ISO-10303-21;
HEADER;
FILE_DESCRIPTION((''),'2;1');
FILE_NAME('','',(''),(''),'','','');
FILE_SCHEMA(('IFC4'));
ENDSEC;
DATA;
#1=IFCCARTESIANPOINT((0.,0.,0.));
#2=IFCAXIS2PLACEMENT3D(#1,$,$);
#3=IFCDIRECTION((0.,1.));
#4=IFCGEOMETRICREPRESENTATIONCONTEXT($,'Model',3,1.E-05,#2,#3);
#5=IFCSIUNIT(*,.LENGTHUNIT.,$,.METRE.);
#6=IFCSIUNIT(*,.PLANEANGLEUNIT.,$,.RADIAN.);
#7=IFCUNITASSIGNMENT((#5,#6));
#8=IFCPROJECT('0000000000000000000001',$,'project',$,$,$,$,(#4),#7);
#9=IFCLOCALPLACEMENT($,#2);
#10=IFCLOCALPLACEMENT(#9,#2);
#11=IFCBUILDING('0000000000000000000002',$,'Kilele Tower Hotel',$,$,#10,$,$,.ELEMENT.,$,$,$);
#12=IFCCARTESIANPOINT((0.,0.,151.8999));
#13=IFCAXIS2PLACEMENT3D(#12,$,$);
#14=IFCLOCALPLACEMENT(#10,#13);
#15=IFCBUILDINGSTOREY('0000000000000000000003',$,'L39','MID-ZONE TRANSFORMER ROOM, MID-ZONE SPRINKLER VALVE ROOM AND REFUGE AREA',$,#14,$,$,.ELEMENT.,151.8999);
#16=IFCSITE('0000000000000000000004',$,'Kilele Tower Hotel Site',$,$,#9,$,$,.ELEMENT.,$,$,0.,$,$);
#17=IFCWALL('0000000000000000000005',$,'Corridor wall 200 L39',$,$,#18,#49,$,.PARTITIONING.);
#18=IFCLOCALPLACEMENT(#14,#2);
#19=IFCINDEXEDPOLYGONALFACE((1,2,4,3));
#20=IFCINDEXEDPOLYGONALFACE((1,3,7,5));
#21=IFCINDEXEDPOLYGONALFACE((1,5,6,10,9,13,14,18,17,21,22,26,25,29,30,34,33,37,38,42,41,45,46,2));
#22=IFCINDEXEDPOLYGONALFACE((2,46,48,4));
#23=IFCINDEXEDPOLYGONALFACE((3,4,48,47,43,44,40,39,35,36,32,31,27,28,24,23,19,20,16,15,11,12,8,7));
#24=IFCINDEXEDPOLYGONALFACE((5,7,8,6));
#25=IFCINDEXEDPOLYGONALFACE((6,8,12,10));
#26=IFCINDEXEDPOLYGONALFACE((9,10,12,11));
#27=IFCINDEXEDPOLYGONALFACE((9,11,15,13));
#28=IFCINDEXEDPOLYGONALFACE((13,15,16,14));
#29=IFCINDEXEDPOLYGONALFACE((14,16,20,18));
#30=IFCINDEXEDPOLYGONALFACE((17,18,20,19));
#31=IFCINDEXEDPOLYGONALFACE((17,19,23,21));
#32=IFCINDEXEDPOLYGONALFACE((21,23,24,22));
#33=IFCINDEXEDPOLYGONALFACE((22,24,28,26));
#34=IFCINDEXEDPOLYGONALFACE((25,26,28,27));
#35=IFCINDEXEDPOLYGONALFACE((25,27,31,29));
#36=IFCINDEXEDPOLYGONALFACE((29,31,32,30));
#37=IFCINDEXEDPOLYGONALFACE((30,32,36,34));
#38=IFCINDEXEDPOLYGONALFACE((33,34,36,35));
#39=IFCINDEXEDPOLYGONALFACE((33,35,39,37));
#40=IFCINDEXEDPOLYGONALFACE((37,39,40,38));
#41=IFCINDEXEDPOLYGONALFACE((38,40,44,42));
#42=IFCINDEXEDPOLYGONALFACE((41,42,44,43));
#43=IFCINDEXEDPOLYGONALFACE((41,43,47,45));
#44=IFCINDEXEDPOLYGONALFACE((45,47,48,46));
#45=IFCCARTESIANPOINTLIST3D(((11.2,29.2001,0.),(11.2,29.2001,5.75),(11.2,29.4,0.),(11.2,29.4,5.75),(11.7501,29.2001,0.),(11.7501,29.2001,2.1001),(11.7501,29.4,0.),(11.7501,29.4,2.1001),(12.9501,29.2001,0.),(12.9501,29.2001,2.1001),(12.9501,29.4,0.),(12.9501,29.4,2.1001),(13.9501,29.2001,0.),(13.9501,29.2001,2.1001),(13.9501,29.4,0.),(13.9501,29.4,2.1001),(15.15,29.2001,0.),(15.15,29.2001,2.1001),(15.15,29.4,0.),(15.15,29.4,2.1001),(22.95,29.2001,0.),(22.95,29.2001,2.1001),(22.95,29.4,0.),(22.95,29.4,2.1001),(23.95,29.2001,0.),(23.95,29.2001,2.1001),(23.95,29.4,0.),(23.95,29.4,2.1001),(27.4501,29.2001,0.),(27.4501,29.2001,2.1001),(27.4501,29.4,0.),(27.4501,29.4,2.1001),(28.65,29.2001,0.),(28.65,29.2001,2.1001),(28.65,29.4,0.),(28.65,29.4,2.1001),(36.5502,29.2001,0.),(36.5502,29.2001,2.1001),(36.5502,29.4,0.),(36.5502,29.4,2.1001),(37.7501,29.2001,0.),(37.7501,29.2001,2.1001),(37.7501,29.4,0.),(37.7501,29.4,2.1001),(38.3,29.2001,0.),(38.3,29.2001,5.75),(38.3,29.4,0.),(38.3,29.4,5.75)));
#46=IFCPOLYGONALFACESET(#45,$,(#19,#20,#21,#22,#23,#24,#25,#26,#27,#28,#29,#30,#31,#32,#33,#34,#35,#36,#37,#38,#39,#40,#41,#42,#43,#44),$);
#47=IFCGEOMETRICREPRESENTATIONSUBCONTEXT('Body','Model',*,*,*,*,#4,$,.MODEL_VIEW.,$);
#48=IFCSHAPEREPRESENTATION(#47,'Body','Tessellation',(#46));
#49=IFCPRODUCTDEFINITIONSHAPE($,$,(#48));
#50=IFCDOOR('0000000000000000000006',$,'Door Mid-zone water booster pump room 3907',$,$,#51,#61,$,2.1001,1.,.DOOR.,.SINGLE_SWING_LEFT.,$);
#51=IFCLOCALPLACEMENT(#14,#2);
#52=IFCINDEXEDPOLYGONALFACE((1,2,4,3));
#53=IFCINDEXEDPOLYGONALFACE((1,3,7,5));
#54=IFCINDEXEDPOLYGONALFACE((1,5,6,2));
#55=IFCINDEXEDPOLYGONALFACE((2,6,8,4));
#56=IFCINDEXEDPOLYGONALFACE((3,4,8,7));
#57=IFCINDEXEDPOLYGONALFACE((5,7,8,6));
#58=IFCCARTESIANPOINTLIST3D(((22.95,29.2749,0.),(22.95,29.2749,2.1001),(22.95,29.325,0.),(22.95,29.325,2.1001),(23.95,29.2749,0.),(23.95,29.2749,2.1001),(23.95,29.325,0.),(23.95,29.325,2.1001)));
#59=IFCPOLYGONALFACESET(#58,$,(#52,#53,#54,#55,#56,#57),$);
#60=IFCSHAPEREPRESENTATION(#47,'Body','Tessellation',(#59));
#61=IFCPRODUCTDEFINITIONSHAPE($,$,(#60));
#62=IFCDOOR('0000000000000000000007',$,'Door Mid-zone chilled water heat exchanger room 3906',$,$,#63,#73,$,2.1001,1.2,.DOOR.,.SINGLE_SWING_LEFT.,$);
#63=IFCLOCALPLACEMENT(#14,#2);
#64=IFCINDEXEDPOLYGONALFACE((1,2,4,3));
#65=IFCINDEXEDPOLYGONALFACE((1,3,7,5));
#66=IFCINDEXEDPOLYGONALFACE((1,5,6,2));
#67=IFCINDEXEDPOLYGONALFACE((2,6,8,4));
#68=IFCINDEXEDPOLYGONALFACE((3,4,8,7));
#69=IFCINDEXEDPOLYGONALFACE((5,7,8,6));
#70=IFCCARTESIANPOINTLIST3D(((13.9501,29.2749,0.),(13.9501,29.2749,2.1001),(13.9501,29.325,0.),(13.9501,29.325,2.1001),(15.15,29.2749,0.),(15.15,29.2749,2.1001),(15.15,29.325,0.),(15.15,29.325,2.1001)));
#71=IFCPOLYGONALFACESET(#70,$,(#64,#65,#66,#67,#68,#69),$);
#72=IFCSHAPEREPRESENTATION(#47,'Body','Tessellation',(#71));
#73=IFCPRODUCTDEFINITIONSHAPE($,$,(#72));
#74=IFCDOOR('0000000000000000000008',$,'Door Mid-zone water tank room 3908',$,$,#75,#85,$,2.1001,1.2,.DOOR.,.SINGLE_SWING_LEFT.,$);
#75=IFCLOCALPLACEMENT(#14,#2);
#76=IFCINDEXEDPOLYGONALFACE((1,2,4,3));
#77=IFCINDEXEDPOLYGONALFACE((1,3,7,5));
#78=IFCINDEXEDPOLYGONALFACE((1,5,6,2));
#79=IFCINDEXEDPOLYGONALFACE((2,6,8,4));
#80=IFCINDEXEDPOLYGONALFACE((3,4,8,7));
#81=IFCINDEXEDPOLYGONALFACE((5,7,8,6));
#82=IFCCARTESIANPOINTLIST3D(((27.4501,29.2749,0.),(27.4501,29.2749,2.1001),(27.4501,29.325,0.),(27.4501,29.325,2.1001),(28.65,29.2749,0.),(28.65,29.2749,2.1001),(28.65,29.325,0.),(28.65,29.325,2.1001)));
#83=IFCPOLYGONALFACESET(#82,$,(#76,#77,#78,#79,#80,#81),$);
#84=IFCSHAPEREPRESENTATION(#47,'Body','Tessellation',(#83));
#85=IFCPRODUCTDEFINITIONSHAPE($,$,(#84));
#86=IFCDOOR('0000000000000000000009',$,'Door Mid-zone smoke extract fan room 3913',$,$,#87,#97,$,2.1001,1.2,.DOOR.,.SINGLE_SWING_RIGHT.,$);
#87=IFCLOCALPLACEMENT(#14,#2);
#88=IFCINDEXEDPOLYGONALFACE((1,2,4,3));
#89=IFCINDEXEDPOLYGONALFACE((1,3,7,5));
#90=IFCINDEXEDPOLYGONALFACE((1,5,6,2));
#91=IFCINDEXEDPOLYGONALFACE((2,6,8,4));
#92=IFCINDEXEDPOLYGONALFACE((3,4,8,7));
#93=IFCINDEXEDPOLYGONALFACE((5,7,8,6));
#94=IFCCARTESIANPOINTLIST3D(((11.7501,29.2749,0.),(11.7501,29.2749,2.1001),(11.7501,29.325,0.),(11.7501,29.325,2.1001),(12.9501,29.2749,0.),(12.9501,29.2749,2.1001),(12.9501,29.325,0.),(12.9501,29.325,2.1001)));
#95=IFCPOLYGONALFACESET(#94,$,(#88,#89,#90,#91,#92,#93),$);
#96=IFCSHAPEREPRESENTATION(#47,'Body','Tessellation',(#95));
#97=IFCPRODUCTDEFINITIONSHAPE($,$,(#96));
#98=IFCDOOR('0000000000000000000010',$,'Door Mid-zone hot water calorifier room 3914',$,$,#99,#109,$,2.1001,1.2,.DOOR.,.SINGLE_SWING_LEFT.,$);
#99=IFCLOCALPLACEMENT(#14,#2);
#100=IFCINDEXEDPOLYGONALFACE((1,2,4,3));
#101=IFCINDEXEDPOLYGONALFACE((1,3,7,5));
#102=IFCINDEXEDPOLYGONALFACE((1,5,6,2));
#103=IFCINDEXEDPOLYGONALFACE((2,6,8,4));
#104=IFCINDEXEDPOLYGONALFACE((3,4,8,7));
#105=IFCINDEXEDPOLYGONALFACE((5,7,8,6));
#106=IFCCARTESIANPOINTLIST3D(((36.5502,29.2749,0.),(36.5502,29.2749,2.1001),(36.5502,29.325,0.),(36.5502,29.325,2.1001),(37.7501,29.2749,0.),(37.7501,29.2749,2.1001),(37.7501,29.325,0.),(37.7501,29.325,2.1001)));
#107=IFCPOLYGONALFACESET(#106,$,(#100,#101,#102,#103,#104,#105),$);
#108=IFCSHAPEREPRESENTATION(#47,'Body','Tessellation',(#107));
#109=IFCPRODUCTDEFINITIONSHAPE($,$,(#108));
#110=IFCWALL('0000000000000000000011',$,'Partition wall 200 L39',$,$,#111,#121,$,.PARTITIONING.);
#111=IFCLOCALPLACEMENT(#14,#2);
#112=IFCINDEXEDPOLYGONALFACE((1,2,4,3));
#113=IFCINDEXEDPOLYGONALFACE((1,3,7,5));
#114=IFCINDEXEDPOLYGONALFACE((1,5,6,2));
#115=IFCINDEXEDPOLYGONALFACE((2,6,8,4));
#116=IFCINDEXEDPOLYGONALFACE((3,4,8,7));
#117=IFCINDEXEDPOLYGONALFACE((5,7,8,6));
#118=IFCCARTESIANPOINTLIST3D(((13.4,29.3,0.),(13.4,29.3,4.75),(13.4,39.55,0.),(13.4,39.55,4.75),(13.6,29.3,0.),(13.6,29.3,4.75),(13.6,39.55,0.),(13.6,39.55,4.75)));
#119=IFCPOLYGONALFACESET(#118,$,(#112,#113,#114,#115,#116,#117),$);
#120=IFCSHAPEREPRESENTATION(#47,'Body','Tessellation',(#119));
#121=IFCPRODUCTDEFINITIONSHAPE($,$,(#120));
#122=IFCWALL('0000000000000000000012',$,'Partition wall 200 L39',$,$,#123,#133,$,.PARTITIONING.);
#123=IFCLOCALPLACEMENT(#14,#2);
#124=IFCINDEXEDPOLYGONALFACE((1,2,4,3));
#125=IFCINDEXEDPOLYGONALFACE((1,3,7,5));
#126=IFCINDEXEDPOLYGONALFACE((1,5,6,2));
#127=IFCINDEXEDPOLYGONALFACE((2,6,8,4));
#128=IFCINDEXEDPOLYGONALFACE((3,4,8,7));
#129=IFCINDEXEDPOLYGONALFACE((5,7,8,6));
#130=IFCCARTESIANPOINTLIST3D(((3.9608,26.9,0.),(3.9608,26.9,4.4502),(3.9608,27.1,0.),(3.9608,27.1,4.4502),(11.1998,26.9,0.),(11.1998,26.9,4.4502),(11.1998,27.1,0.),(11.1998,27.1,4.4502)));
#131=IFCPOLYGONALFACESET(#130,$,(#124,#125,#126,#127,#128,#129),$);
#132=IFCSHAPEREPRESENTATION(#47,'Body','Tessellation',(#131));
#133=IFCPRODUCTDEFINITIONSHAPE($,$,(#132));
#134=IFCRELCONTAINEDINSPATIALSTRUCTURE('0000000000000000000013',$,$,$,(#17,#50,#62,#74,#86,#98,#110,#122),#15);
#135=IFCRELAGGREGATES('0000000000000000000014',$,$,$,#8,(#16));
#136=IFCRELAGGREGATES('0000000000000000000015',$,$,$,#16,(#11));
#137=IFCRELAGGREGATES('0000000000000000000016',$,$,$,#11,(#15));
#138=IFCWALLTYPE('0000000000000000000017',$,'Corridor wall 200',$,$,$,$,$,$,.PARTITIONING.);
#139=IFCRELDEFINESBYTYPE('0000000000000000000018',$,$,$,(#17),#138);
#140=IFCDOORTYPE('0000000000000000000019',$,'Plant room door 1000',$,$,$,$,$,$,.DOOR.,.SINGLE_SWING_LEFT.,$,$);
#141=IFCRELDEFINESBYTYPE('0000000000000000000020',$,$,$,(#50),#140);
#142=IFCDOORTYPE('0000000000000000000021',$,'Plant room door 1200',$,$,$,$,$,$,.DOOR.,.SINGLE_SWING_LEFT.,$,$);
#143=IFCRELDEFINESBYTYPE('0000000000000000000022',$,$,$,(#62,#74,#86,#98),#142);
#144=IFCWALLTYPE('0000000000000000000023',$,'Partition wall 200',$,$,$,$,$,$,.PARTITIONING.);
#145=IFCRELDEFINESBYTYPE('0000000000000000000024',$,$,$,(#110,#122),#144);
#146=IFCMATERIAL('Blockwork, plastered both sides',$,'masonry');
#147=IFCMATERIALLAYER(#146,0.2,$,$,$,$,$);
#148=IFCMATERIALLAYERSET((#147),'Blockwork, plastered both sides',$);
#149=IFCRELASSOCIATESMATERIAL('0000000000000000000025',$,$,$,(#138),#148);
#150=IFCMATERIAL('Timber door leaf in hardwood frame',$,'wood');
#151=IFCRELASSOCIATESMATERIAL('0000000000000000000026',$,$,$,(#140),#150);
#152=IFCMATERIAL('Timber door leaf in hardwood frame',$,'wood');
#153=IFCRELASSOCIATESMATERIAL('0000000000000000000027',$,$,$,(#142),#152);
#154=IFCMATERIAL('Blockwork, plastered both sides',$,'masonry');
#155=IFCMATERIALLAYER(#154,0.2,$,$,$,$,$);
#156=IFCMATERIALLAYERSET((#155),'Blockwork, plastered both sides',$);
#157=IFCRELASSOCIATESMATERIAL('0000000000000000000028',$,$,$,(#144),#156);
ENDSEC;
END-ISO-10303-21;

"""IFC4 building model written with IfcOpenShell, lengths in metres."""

from ifc_helpers import new_model, si_unit, direction, frame, frame_2d, origin, place, context, subcontext, project, spatial, rectangle, extrude, material, layer, layer_set, type_object, element, fill, save


model = new_model("IFC4")

# Units and contexts
model_context = context("Model", 3, precision=1e-05, world=origin(), true_north=direction((0.0, 1.0)))
body_context = subcontext(model_context, "Body", "Model", "MODEL_VIEW")
ifc_project = project(units=[si_unit("LENGTHUNIT", "METRE"), si_unit("PLANEANGLEUNIT", "RADIAN")], contexts=[model_context])

# Site, building, storey
site_placement = place(None, origin())
site = spatial("IfcSite", under=ifc_project, at=site_placement, Name="Kilele Tower Hotel Site", CompositionType="ELEMENT", RefElevation=0.0)
building_placement = place(site_placement, origin())
building = spatial("IfcBuilding", under=site, at=building_placement, Name="Kilele Tower Hotel", CompositionType="ELEMENT")
storey_placement = place(building_placement, frame((0.0, 0.0, 151.8999)))
storey = spatial("IfcBuildingStorey", under=building, at=storey_placement, Name="L39", Description="MID-ZONE TRANSFORMER ROOM, MID-ZONE SPRINKLER VALVE ROOM AND REFUGE AREA", CompositionType="ELEMENT", Elevation=151.8999)

# Wall, openings, doors
ifc_material_1 = material(Name="Blockwork, plastered both sides", Category="masonry")
ifc_layer_1 = layer(ifc_material_1, 0.2)
ifc_layer_set_1 = layer_set([ifc_layer_1], Name="Blockwork, plastered both sides")
wall_type_1 = type_object("IfcWallType", Name="Corridor wall 200", PredefinedType="PARTITIONING", material=ifc_layer_set_1)
wall_1_placement = place(storey_placement, frame((11.2, 29.3, 0.0), z_axis=(0.0, 0.0, 1.0), x_axis=(1.0, 0.0, 0.0)))
wall_1 = element("IfcWall", 1, at=wall_1_placement, inside=storey, type_object=wall_type_1, Name="Corridor wall 200 L39", PredefinedType="PARTITIONING", context=body_context, shape_type="SweptSolid", body=[
    extrude(rectangle(XDim=27.1001, YDim=0.2, at=frame_2d((13.55, 0.0))), origin(), (0.0, 0.0, 1.0), 5.75),
])
opening_1_placement = place(wall_1_placement, frame((2.75, 0.0, 0.0)))
opening_1 = element("IfcOpeningElement", 2, at=opening_1_placement, cuts=wall_1, PredefinedType="OPENING", context=body_context, shape_type="SweptSolid", body=[
    extrude(rectangle(XDim=1.2, YDim=2.1001, at=frame_2d((0.6001, 1.05))), frame((0.0, 0.1099, 0.0), z_axis=(0.0, -1.0, 0.0), x_axis=(1.0, 0.0, 0.0)), (0.0, 0.0, 1.0), 0.22),
])
opening_2_placement = place(wall_1_placement, frame((11.75, 0.0, 0.0)))
opening_2 = element("IfcOpeningElement", 3, at=opening_2_placement, cuts=wall_1, PredefinedType="OPENING", context=body_context, shape_type="SweptSolid", body=[
    extrude(rectangle(XDim=1.0, YDim=2.1001, at=frame_2d((0.5, 1.05))), frame((0.0, 0.1099, 0.0), z_axis=(0.0, -1.0, 0.0), x_axis=(1.0, 0.0, 0.0)), (0.0, 0.0, 1.0), 0.22),
])
opening_3_placement = place(wall_1_placement, frame((16.25, 0.0, 0.0)))
opening_3 = element("IfcOpeningElement", 4, at=opening_3_placement, cuts=wall_1, PredefinedType="OPENING", context=body_context, shape_type="SweptSolid", body=[
    extrude(rectangle(XDim=1.2, YDim=2.1001, at=frame_2d((0.6001, 1.05))), frame((0.0, 0.1099, 0.0), z_axis=(0.0, -1.0, 0.0), x_axis=(1.0, 0.0, 0.0)), (0.0, 0.0, 1.0), 0.22),
])
opening_4_placement = place(wall_1_placement, frame((0.55, 0.0, 0.0)))
opening_4 = element("IfcOpeningElement", 5, at=opening_4_placement, cuts=wall_1, PredefinedType="OPENING", context=body_context, shape_type="SweptSolid", body=[
    extrude(rectangle(XDim=1.2, YDim=2.1001, at=frame_2d((0.6001, 1.05))), frame((0.0, 0.1099, 0.0), z_axis=(0.0, -1.0, 0.0), x_axis=(1.0, 0.0, 0.0)), (0.0, 0.0, 1.0), 0.22),
])
opening_5_placement = place(wall_1_placement, frame((25.3501, 0.0, 0.0)))
opening_5 = element("IfcOpeningElement", 6, at=opening_5_placement, cuts=wall_1, PredefinedType="OPENING", context=body_context, shape_type="SweptSolid", body=[
    extrude(rectangle(XDim=1.2, YDim=2.1001, at=frame_2d((0.6001, 1.05))), frame((0.0, 0.1099, 0.0), z_axis=(0.0, -1.0, 0.0), x_axis=(1.0, 0.0, 0.0)), (0.0, 0.0, 1.0), 0.22),
])
ifc_material_2 = material(Name="Timber door leaf in hardwood frame", Category="wood")
door_type_1 = type_object("IfcDoorType", Name="Plant room door 1000", OperationType="SINGLE_SWING_LEFT", PredefinedType="DOOR", material=ifc_material_2)
door_1_placement = place(opening_2_placement, origin())
door_1 = element("IfcDoor", 7, at=door_1_placement, inside=storey, type_object=door_type_1, Name="Door Mid-zone water booster pump room 3907", OperationType="SINGLE_SWING_LEFT", OverallHeight=2.1001, OverallWidth=1.0, PredefinedType="DOOR", context=body_context, shape_type="SweptSolid", body=[
    extrude(rectangle(XDim=1.0, YDim=2.1001, at=frame_2d((0.5, 1.05))), frame((0.0, 0.0249, 0.0), z_axis=(0.0, -1.0, 0.0), x_axis=(1.0, 0.0, 0.0)), (0.0, 0.0, 1.0), 0.05),
])
fill(opening_2, door_1)
ifc_material_3 = material(Name="Timber door leaf in hardwood frame", Category="wood")
door_type_2 = type_object("IfcDoorType", Name="Plant room door 1200", OperationType="SINGLE_SWING_LEFT", PredefinedType="DOOR", material=ifc_material_3)
door_2_placement = place(opening_1_placement, origin())
door_2 = element("IfcDoor", 8, at=door_2_placement, inside=storey, type_object=door_type_2, Name="Door Mid-zone chilled water heat exchanger room 3906", OperationType="SINGLE_SWING_LEFT", OverallHeight=2.1001, OverallWidth=1.2, PredefinedType="DOOR", context=body_context, shape_type="SweptSolid", body=[
    extrude(rectangle(XDim=1.2, YDim=2.1001, at=frame_2d((0.6001, 1.05))), frame((0.0, 0.0249, 0.0), z_axis=(0.0, -1.0, 0.0), x_axis=(1.0, 0.0, 0.0)), (0.0, 0.0, 1.0), 0.05),
])
fill(opening_1, door_2)
door_3_placement = place(opening_3_placement, origin())
door_3 = element("IfcDoor", 9, at=door_3_placement, inside=storey, type_object=door_type_2, Name="Door Mid-zone water tank room 3908", OperationType="SINGLE_SWING_LEFT", OverallHeight=2.1001, OverallWidth=1.2, PredefinedType="DOOR", context=body_context, shape_type="SweptSolid", body=[
    extrude(rectangle(XDim=1.2, YDim=2.1001, at=frame_2d((0.6001, 1.05))), frame((0.0, 0.0249, 0.0), z_axis=(0.0, -1.0, 0.0), x_axis=(1.0, 0.0, 0.0)), (0.0, 0.0, 1.0), 0.05),
])
fill(opening_3, door_3)
door_4_placement = place(opening_4_placement, origin())
door_4 = element("IfcDoor", 10, at=door_4_placement, inside=storey, type_object=door_type_2, Name="Door Mid-zone smoke extract fan room 3913", OperationType="SINGLE_SWING_RIGHT", OverallHeight=2.1001, OverallWidth=1.2, PredefinedType="DOOR", context=body_context, shape_type="SweptSolid", body=[
    extrude(rectangle(XDim=1.2, YDim=2.1001, at=frame_2d((0.6001, 1.05))), frame((0.0, 0.0249, 0.0), z_axis=(0.0, -1.0, 0.0), x_axis=(1.0, 0.0, 0.0)), (0.0, 0.0, 1.0), 0.05),
])
fill(opening_4, door_4)
door_5_placement = place(opening_5_placement, origin())
door_5 = element("IfcDoor", 11, at=door_5_placement, inside=storey, type_object=door_type_2, Name="Door Mid-zone hot water calorifier room 3914", OperationType="SINGLE_SWING_LEFT", OverallHeight=2.1001, OverallWidth=1.2, PredefinedType="DOOR", context=body_context, shape_type="SweptSolid", body=[
    extrude(rectangle(XDim=1.2, YDim=2.1001, at=frame_2d((0.6001, 1.05))), frame((0.0, 0.0249, 0.0), z_axis=(0.0, -1.0, 0.0), x_axis=(1.0, 0.0, 0.0)), (0.0, 0.0, 1.0), 0.05),
])
fill(opening_5, door_5)

# Walls
ifc_material_4 = material(Name="Blockwork, plastered both sides", Category="masonry")
ifc_layer_2 = layer(ifc_material_4, 0.2)
ifc_layer_set_2 = layer_set([ifc_layer_2], Name="Blockwork, plastered both sides")
wall_type_2 = type_object("IfcWallType", Name="Partition wall 200", PredefinedType="PARTITIONING", material=ifc_layer_set_2)
wall_2_placement = place(storey_placement, frame((13.5, 29.3, 0.0), z_axis=(0.0, 0.0, 1.0), x_axis=(0.0, 1.0, 0.0)))
element("IfcWall", 12, at=wall_2_placement, inside=storey, type_object=wall_type_2, Name="Partition wall 200 L39", PredefinedType="PARTITIONING", context=body_context, shape_type="SweptSolid", body=[
    extrude(rectangle(XDim=10.25, YDim=0.2, at=frame_2d((5.125, 0.0))), origin(), (0.0, 0.0, 1.0), 4.75),
])
wall_3_placement = place(storey_placement, frame((11.2, 27.0, 0.0), z_axis=(0.0, 0.0, 1.0), x_axis=(-1.0, 0.0, 0.0)))
element("IfcWall", 13, at=wall_3_placement, inside=storey, type_object=wall_type_2, Name="Partition wall 200 L39", PredefinedType="PARTITIONING", context=body_context, shape_type="SweptSolid", body=[
    extrude(rectangle(XDim=7.239, YDim=0.2, at=frame_2d((3.6196, 0.0))), origin(), (0.0, 0.0, 1.0), 4.4502),
])

save(model, "model.ifc")
